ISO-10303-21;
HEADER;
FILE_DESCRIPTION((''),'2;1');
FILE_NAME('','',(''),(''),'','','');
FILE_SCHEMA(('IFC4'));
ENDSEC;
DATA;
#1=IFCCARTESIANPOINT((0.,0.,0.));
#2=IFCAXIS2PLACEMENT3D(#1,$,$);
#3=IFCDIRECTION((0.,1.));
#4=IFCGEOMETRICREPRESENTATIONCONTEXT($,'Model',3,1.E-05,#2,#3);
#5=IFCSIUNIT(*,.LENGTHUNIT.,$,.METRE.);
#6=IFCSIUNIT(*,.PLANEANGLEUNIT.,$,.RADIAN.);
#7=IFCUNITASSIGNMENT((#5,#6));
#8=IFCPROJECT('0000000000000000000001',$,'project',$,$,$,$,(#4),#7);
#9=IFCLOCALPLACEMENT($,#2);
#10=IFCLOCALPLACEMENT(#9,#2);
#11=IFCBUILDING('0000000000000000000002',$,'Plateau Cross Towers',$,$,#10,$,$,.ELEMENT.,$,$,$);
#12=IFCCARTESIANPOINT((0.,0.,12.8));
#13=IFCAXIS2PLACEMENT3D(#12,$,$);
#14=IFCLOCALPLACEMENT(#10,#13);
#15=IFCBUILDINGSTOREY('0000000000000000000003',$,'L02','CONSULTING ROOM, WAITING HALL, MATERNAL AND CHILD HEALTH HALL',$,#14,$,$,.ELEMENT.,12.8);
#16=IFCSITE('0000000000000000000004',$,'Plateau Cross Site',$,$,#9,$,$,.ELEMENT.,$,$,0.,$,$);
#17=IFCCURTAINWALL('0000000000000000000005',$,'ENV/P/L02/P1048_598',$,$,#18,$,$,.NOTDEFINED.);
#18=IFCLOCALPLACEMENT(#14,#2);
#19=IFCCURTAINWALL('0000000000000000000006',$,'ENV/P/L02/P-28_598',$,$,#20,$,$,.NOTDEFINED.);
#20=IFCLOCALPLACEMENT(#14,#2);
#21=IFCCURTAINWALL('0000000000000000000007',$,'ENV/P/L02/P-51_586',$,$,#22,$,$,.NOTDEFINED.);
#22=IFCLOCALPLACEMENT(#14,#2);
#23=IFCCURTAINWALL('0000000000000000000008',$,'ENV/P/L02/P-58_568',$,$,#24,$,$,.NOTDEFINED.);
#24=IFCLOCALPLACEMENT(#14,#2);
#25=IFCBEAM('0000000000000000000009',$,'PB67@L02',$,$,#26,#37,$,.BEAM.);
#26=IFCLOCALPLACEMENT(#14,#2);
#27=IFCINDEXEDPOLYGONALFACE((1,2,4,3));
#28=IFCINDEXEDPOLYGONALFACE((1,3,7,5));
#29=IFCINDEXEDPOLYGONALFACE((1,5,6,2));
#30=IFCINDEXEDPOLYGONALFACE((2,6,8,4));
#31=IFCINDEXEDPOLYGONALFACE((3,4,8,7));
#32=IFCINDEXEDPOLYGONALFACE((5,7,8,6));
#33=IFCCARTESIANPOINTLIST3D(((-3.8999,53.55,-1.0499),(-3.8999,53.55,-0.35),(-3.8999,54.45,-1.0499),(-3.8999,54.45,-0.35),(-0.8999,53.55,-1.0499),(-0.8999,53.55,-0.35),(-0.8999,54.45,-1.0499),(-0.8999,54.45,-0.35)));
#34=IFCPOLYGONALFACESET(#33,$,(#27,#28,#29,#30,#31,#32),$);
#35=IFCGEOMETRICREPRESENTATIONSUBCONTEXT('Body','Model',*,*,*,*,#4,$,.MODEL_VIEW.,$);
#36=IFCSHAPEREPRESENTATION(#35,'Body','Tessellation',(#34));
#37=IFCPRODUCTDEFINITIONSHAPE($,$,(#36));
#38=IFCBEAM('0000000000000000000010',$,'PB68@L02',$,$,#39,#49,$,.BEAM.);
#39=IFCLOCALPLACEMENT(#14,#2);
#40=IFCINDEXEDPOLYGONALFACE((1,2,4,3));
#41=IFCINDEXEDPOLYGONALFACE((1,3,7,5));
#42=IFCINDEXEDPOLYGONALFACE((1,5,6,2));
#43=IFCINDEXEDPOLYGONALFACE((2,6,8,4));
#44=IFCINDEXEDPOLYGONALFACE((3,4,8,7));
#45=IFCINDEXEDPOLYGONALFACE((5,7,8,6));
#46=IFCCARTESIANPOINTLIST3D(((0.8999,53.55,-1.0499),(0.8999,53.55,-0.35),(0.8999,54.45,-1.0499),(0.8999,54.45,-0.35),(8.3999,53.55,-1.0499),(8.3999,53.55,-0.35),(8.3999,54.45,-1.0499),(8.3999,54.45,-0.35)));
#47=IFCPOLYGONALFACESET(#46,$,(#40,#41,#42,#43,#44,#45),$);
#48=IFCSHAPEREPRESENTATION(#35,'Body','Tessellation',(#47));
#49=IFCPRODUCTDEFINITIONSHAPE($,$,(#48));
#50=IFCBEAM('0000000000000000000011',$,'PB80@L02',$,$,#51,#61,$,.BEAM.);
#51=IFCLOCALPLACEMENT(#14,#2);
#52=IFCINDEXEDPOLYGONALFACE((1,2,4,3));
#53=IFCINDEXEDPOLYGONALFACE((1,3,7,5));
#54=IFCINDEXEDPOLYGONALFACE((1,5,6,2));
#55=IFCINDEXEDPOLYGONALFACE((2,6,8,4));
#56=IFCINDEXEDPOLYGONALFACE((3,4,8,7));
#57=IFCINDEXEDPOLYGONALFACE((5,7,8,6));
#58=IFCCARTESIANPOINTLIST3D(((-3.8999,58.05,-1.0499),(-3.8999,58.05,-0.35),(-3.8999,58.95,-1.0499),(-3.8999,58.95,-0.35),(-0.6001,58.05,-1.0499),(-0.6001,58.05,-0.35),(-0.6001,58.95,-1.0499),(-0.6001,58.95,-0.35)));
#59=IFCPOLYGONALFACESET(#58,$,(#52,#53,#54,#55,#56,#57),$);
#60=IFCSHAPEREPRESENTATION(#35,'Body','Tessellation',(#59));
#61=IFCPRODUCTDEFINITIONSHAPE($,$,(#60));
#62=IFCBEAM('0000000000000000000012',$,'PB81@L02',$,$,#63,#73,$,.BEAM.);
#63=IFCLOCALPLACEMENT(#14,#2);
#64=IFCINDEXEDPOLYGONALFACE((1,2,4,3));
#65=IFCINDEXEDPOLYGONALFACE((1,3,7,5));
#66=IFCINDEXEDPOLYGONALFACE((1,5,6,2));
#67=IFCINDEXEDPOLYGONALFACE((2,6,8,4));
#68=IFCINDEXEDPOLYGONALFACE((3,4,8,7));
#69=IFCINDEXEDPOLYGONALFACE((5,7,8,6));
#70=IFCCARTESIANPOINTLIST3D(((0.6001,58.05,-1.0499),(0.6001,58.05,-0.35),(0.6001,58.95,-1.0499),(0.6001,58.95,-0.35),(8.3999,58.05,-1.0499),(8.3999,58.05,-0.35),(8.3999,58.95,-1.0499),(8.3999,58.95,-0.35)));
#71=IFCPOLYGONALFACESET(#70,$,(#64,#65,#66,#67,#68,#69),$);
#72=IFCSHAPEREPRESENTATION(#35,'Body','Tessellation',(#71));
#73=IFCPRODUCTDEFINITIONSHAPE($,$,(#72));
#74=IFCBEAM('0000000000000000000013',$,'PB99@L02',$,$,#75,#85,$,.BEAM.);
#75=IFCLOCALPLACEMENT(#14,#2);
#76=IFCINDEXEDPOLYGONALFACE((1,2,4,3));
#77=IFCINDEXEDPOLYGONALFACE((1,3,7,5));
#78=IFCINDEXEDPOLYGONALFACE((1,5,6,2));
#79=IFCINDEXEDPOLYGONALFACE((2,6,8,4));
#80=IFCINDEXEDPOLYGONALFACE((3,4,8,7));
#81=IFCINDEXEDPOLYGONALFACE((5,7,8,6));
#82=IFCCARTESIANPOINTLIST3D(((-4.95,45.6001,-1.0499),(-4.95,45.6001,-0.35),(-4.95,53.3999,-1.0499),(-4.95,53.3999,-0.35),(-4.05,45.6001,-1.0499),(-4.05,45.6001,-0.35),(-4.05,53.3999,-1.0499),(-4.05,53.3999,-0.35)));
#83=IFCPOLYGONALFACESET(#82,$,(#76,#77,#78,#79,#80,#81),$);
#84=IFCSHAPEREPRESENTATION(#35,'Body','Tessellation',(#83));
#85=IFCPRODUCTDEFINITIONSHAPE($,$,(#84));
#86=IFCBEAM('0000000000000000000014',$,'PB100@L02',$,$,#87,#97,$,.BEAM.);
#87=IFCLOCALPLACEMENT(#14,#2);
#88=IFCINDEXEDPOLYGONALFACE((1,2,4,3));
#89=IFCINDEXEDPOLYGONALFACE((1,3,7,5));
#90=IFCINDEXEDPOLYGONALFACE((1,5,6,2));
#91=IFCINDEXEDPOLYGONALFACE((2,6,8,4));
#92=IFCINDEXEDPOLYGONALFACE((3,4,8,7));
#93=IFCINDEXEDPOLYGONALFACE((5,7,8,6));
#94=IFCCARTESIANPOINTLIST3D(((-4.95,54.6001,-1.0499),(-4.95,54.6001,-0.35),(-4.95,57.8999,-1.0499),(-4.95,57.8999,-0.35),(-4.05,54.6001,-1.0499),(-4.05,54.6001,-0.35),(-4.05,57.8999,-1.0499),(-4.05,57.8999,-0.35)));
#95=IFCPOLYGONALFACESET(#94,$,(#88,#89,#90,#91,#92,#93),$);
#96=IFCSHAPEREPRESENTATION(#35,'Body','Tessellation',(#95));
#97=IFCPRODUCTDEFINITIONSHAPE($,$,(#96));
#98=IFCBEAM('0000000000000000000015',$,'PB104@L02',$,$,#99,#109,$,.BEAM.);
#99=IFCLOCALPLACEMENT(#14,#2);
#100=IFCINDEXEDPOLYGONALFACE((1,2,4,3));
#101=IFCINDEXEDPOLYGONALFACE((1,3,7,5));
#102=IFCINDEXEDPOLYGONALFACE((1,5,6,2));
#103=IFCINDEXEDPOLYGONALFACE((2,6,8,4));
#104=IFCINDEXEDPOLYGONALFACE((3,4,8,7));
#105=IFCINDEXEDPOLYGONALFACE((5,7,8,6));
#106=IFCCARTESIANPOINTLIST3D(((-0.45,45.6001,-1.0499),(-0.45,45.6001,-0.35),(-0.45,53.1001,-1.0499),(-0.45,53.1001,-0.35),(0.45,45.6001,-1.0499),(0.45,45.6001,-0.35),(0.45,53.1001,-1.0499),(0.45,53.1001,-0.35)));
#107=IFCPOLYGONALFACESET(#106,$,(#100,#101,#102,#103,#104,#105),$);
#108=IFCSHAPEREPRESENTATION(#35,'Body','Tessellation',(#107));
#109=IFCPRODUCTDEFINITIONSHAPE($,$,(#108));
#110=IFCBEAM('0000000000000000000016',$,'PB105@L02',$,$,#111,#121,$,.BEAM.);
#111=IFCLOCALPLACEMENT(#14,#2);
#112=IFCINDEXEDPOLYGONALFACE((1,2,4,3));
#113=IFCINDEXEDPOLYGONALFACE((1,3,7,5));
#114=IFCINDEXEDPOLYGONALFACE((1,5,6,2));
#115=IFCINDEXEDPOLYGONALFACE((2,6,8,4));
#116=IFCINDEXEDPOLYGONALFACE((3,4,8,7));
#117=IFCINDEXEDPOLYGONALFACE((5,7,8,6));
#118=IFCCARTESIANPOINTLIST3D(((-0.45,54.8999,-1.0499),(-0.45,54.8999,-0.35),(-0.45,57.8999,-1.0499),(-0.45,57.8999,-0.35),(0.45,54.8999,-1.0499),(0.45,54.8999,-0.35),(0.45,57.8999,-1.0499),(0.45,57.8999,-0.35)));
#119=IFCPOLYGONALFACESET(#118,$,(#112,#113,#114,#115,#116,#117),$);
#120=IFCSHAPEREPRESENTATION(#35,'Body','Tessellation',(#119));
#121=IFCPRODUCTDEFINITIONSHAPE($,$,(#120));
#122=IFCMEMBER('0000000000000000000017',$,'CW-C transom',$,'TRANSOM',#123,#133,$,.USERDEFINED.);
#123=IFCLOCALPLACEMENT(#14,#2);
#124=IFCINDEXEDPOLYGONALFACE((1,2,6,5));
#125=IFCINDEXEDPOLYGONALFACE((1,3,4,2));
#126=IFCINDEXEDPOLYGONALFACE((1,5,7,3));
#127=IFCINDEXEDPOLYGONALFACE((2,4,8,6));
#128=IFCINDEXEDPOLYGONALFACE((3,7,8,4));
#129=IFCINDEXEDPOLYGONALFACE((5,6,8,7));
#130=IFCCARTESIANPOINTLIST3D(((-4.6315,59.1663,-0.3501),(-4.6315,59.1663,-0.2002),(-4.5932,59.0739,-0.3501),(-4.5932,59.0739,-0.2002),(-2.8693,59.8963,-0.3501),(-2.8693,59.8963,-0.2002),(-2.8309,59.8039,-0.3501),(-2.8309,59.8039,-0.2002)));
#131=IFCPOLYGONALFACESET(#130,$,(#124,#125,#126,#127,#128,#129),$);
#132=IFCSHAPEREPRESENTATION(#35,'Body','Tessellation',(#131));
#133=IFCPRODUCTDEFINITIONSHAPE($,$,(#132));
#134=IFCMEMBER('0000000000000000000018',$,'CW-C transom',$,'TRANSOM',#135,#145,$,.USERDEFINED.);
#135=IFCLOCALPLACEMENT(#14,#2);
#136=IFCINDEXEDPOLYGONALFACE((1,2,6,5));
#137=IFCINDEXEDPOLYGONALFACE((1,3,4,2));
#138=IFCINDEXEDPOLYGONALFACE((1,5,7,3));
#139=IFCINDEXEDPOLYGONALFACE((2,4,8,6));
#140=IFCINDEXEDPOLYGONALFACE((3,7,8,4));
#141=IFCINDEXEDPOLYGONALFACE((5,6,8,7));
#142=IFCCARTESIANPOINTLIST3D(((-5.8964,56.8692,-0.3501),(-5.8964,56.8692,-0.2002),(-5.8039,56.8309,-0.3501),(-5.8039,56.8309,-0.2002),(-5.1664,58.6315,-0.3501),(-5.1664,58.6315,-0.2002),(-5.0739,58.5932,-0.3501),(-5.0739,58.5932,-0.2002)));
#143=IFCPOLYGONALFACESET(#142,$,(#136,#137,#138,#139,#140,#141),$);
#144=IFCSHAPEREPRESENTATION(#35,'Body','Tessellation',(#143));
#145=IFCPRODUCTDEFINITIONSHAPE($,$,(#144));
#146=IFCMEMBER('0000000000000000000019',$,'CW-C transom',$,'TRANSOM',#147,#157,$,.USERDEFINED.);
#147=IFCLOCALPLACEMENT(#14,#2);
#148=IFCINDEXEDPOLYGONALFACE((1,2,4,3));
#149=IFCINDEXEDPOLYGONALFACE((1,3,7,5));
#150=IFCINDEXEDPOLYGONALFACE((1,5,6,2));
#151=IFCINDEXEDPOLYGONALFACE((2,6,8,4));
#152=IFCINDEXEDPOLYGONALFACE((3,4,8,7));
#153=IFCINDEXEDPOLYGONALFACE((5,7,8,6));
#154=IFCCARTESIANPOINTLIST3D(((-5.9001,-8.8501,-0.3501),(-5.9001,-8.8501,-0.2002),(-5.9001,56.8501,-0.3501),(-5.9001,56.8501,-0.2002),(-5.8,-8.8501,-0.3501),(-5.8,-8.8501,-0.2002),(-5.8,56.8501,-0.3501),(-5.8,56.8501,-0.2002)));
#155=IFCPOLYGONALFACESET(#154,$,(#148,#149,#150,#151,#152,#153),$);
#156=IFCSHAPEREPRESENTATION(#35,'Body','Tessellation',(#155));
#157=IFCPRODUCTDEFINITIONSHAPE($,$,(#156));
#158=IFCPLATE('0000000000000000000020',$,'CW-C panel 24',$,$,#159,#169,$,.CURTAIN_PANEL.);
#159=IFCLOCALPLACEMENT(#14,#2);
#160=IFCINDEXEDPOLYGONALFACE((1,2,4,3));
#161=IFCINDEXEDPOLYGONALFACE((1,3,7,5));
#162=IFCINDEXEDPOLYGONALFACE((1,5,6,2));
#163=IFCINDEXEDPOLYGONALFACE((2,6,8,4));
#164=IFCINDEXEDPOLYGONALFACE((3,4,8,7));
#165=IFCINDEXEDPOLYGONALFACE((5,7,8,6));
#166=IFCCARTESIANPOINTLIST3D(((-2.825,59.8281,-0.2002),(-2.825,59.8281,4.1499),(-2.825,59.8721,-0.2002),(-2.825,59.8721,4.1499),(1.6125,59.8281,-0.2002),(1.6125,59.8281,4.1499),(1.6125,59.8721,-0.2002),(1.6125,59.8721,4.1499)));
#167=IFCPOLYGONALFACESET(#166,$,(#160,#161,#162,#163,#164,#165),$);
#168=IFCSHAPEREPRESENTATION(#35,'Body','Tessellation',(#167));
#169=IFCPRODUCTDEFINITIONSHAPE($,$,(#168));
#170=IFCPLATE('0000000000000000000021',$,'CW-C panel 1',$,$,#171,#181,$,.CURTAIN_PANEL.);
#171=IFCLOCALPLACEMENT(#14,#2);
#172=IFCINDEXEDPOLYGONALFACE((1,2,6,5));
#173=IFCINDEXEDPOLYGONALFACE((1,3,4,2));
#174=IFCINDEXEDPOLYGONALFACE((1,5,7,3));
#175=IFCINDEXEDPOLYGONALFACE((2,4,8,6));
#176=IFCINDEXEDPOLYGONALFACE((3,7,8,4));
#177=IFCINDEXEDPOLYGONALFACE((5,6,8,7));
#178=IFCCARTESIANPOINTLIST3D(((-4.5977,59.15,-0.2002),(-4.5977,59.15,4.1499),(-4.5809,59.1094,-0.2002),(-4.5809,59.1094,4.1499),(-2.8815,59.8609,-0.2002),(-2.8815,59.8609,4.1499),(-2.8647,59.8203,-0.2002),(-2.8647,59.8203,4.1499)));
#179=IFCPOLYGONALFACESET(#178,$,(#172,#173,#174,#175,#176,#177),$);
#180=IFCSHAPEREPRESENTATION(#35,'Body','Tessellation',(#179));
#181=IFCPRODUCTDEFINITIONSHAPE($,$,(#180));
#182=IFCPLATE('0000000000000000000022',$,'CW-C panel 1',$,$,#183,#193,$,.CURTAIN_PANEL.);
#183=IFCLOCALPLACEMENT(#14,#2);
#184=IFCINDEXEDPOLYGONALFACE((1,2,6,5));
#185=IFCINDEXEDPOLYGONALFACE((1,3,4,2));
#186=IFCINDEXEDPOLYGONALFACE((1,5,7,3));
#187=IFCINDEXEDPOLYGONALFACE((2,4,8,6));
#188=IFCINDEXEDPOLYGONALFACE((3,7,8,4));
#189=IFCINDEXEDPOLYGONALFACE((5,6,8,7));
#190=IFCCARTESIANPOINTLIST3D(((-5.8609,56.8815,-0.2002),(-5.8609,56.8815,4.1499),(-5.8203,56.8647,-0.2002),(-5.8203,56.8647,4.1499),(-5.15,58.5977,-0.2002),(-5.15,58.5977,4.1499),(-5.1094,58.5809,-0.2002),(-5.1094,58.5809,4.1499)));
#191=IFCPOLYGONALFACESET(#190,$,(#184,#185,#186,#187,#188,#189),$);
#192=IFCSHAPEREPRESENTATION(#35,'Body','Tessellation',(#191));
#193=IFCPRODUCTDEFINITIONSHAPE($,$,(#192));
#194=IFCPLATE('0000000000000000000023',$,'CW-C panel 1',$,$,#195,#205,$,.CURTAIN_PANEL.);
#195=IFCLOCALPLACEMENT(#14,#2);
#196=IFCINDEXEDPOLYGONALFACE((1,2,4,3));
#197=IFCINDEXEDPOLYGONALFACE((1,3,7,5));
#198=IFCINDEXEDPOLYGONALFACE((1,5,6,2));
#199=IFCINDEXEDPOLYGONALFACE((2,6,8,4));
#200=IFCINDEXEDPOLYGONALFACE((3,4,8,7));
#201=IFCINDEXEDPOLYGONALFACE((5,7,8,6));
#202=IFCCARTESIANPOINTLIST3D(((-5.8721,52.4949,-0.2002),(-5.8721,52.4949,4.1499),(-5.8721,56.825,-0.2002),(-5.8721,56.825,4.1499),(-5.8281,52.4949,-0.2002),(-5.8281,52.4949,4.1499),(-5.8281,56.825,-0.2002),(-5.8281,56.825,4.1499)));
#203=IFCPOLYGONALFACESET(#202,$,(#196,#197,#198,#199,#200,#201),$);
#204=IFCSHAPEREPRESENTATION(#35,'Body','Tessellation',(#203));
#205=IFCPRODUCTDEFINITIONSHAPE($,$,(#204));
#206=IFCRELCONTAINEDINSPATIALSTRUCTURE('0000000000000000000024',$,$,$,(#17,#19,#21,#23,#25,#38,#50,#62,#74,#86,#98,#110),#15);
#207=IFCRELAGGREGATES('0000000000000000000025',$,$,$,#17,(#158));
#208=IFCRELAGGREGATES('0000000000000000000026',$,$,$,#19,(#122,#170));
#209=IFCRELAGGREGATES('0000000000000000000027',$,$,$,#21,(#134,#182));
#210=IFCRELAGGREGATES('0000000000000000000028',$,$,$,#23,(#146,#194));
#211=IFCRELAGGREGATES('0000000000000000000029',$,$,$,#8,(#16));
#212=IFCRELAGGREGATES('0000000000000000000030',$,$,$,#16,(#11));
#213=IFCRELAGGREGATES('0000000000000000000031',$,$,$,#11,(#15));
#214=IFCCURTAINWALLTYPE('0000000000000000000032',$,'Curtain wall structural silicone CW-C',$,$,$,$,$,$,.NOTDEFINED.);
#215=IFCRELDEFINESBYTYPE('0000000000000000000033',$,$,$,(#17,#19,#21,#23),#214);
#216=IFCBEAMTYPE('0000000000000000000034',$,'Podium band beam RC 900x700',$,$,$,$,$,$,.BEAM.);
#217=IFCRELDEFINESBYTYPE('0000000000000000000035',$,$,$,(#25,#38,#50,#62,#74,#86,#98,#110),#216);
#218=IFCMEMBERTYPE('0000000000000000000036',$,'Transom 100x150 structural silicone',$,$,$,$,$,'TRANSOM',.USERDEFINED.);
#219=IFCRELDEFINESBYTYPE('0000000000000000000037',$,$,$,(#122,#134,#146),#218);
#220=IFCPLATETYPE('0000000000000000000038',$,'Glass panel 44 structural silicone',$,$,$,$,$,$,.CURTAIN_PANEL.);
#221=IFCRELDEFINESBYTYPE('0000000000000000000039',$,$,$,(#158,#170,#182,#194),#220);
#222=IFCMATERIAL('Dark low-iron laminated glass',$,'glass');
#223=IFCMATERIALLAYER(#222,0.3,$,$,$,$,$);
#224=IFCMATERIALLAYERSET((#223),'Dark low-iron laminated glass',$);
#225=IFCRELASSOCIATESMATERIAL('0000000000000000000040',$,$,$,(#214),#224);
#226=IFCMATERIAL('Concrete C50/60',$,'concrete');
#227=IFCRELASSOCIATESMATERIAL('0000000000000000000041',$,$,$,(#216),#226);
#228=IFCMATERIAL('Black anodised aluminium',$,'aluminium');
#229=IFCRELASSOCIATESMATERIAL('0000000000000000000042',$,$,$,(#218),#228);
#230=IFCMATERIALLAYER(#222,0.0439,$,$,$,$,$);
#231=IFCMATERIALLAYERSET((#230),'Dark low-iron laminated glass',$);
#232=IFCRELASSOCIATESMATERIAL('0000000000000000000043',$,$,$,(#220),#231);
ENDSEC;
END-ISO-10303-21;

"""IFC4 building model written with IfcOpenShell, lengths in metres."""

from ifc_helpers import new_model, si_unit, direction, frame, origin, origin_2d, place, context, subcontext, project, spatial, rectangle, extrude, material, layer, layer_set, material_profile, profile_set, type_object, element, aggregate, save


model = new_model("IFC4")

# Units and contexts
model_context = context("Model", 3, precision=1e-05, world=origin(), true_north=direction((0.0, 1.0)))
body_context = subcontext(model_context, "Body", "Model", "MODEL_VIEW")
ifc_project = project(units=[si_unit("LENGTHUNIT", "METRE"), si_unit("PLANEANGLEUNIT", "RADIAN")], contexts=[model_context])

# Site, building, storey
site_placement = place(None, origin())
site = spatial("IfcSite", under=ifc_project, at=site_placement, Name="Plateau Cross Site", CompositionType="ELEMENT", RefElevation=0.0)
building_placement = place(site_placement, origin())
building = spatial("IfcBuilding", under=site, at=building_placement, Name="Plateau Cross Towers", CompositionType="ELEMENT")
storey_placement = place(building_placement, frame((0.0, 0.0, 12.8)))
storey = spatial("IfcBuildingStorey", under=building, at=storey_placement, Name="L02", Description="CONSULTING ROOM, WAITING HALL, MATERNAL AND CHILD HEALTH HALL", CompositionType="ELEMENT", Elevation=12.8)

# Curtain wall
ifc_material_1 = material(Name="Dark low-iron laminated glass", Category="glass")
ifc_layer_1 = layer(ifc_material_1, 0.3)
ifc_layer_set_1 = layer_set([ifc_layer_1], Name="Dark low-iron laminated glass")
curtain_wall_type = type_object("IfcCurtainWallType", Name="Curtain wall structural silicone CW-C", PredefinedType="NOTDEFINED", material=ifc_layer_set_1)
curtain_wall_1_placement = place(storey_placement, origin())
curtain_wall_1 = element("IfcCurtainWall", 1, at=curtain_wall_1_placement, inside=storey, type_object=curtain_wall_type, Name="ENV/P/L02/P1048_598", PredefinedType="NOTDEFINED")
ifc_material_2 = material(Name="Black anodised aluminium", Category="aluminium")

# Curtain wall
curtain_wall_2_placement = place(storey_placement, origin())
curtain_wall_2 = element("IfcCurtainWall", 2, at=curtain_wall_2_placement, inside=storey, type_object=curtain_wall_type, Name="ENV/P/L02/P-28_598", PredefinedType="NOTDEFINED")

# Curtain wall
curtain_wall_3_placement = place(storey_placement, origin())
curtain_wall_3 = element("IfcCurtainWall", 3, at=curtain_wall_3_placement, inside=storey, type_object=curtain_wall_type, Name="ENV/P/L02/P-51_586", PredefinedType="NOTDEFINED")

# Curtain wall
curtain_wall_4_placement = place(storey_placement, origin())
curtain_wall_4 = element("IfcCurtainWall", 4, at=curtain_wall_4_placement, inside=storey, type_object=curtain_wall_type, Name="ENV/P/L02/P-58_568", PredefinedType="NOTDEFINED")

# Beams
ifc_material_3 = material(Name="Concrete C50/60", Category="concrete")
ifc_material_profile_1 = material_profile(ifc_material_3, rectangle(XDim=0.8999, YDim=0.7, at=origin_2d()), Name="RC 900x700")
ifc_profile_set_1 = profile_set([ifc_material_profile_1], Name="Concrete C50/60")
beam_type = type_object("IfcBeamType", Name="Podium band beam RC 900x700", PredefinedType="BEAM", material=ifc_profile_set_1)
beam_1_placement = place(storey_placement, frame((-3.8999, 54.0, -0.7), z_axis=(1.0, 0.0, 0.0), x_axis=(0.0, 1.0, 0.0)))
element("IfcBeam", 5, at=beam_1_placement, inside=storey, type_object=beam_type, Name="PB67@L02", PredefinedType="BEAM", context=body_context, shape_type="SweptSolid", body=[
    extrude(rectangle(XDim=0.8999, YDim=0.7, at=origin_2d()), origin(), (0.0, 0.0, 1.0), 3.0),
])
beam_2_placement = place(storey_placement, frame((0.8999, 54.0, -0.7), z_axis=(1.0, 0.0, 0.0), x_axis=(0.0, 1.0, 0.0)))
element("IfcBeam", 6, at=beam_2_placement, inside=storey, type_object=beam_type, Name="PB68@L02", PredefinedType="BEAM", context=body_context, shape_type="SweptSolid", body=[
    extrude(rectangle(XDim=0.8999, YDim=0.7, at=origin_2d()), origin(), (0.0, 0.0, 1.0), 7.5),
])
beam_3_placement = place(storey_placement, frame((-3.8999, 58.5, -0.7), z_axis=(1.0, 0.0, 0.0), x_axis=(0.0, 1.0, 0.0)))
element("IfcBeam", 7, at=beam_3_placement, inside=storey, type_object=beam_type, Name="PB80@L02", PredefinedType="BEAM", context=body_context, shape_type="SweptSolid", body=[
    extrude(rectangle(XDim=0.8999, YDim=0.7, at=origin_2d()), origin(), (0.0, 0.0, 1.0), 3.2998),
])
for number, where, z_axis, x_axis, name in (
    (8, (0.6001, 58.5, -0.7), (1.0, 0.0, 0.0), (0.0, 1.0, 0.0), "PB81@L02"),
    (9, (-4.5, 45.6001, -0.7), (0.0, 1.0, 0.0), (-1.0, 0.0, 0.0), "PB99@L02"),
):
    element("IfcBeam", number, at=place(storey_placement, frame(where, z_axis=z_axis, x_axis=x_axis)), inside=storey, type_object=beam_type, Name=name, PredefinedType="BEAM", context=body_context, shape_type="SweptSolid", body=[
        extrude(rectangle(XDim=0.8999, YDim=0.7, at=origin_2d()), origin(), (0.0, 0.0, 1.0), 7.7998),
    ])
beam_4_placement = place(storey_placement, frame((-4.5, 54.6001, -0.7), z_axis=(0.0, 1.0, 0.0), x_axis=(-1.0, 0.0, 0.0)))
element("IfcBeam", 10, at=beam_4_placement, inside=storey, type_object=beam_type, Name="PB100@L02", PredefinedType="BEAM", context=body_context, shape_type="SweptSolid", body=[
    extrude(rectangle(XDim=0.8999, YDim=0.7, at=origin_2d()), origin(), (0.0, 0.0, 1.0), 3.2998),
])
beam_5_placement = place(storey_placement, frame((0.0, 45.6001, -0.7), z_axis=(0.0, 1.0, 0.0), x_axis=(-1.0, 0.0, 0.0)))
element("IfcBeam", 11, at=beam_5_placement, inside=storey, type_object=beam_type, Name="PB104@L02", PredefinedType="BEAM", context=body_context, shape_type="SweptSolid", body=[
    extrude(rectangle(XDim=0.8999, YDim=0.7, at=origin_2d()), origin(), (0.0, 0.0, 1.0), 7.5),
])
beam_6_placement = place(storey_placement, frame((0.0, 54.8999, -0.7), z_axis=(0.0, 1.0, 0.0), x_axis=(-1.0, 0.0, 0.0)))
element("IfcBeam", 12, at=beam_6_placement, inside=storey, type_object=beam_type, Name="PB105@L02", PredefinedType="BEAM", context=body_context, shape_type="SweptSolid", body=[
    extrude(rectangle(XDim=0.8999, YDim=0.7, at=origin_2d()), origin(), (0.0, 0.0, 1.0), 3.0),
])

# Members
ifc_material_profile_2 = material_profile(ifc_material_2, rectangle(XDim=0.1001, YDim=0.1499, at=origin_2d()), Name="TRANSOM 100x150")
ifc_profile_set_2 = profile_set([ifc_material_profile_2], Name="Black anodised aluminium")
member_type_1 = type_object("IfcMemberType", Name="Transom 100x150 structural silicone", ElementType="TRANSOM", PredefinedType="USERDEFINED", material=ifc_profile_set_2)
member_1_placement = place(storey_placement, frame((-2.8501, 59.8501, -0.2751), z_axis=(-0.92387, -0.382706, 0.0), x_axis=(0.382706, -0.92387, 0.0)))
member_1 = element("IfcMember", 13, at=member_1_placement, type_object=member_type_1, Name="CW-C transom", ObjectType="TRANSOM", PredefinedType="USERDEFINED", context=body_context, shape_type="SweptSolid", body=[
    extrude(rectangle(XDim=0.1001, YDim=0.1499, at=origin_2d()), origin(), (0.0, 0.0, 1.0), 1.9075),
])
member_2_placement = place(storey_placement, frame((-5.1201, 58.6123, -0.2751), z_axis=(-0.382706, -0.92387, 0.0), x_axis=(0.92387, -0.382706, 0.0)))
member_2 = element("IfcMember", 14, at=member_2_placement, type_object=member_type_1, Name="CW-C transom", ObjectType="TRANSOM", PredefinedType="USERDEFINED", context=body_context, shape_type="SweptSolid", body=[
    extrude(rectangle(XDim=0.1001, YDim=0.1499, at=origin_2d()), origin(), (0.0, 0.0, 1.0), 1.9075),
])
member_3_placement = place(storey_placement, frame((-5.8501, 56.8501, -0.2751), z_axis=(0.0, -1.0, 0.0), x_axis=(1.0, 0.0, 0.0)))
member_3 = element("IfcMember", 15, at=member_3_placement, type_object=member_type_1, Name="CW-C transom", ObjectType="TRANSOM", PredefinedType="USERDEFINED", context=body_context, shape_type="SweptSolid", body=[
    extrude(rectangle(XDim=0.1001, YDim=0.1499, at=origin_2d()), origin(), (0.0, 0.0, 1.0), 65.7002),
])

# Plates
ifc_layer_2 = layer(ifc_material_1, 0.0439)
ifc_layer_set_2 = layer_set([ifc_layer_2], Name="Dark low-iron laminated glass")
plate_type = type_object("IfcPlateType", Name="Glass panel 44 structural silicone", PredefinedType="CURTAIN_PANEL", material=ifc_layer_set_2)
plate_1_placement = place(storey_placement, frame((-0.6062, 59.8501, -0.2002), z_axis=(0.0, 0.0, 1.0), x_axis=(-1.0, 0.0, 0.0)))
plate_1 = element("IfcPlate", 16, at=plate_1_placement, type_object=plate_type, Name="CW-C panel 24", PredefinedType="CURTAIN_PANEL", context=body_context, shape_type="SweptSolid", body=[
    extrude(rectangle(XDim=4.4375, YDim=0.0439, at=origin_2d()), origin(), (0.0, 0.0, 1.0), 4.3501),
])
aggregate(curtain_wall_1, [plate_1])
plate_2_placement = place(storey_placement, frame((-3.7312, 59.4851, -0.2002), z_axis=(0.0, 0.0, 1.0), x_axis=(-0.923879, -0.382684, 0.0)))
plate_2 = element("IfcPlate", 17, at=plate_2_placement, type_object=plate_type, Name="CW-C panel 1", PredefinedType="CURTAIN_PANEL", context=body_context, shape_type="SweptSolid", body=[
    extrude(rectangle(XDim=1.8577, YDim=0.0439, at=origin_2d()), origin(), (0.0, 0.0, 1.0), 4.3501),
])
aggregate(curtain_wall_2, [member_1, plate_2])
plate_3_placement = place(storey_placement, frame((-5.4851, 57.7312, -0.2002), z_axis=(0.0, 0.0, 1.0), x_axis=(-0.382684, -0.923879, 0.0)))
plate_3 = element("IfcPlate", 18, at=plate_3_placement, type_object=plate_type, Name="CW-C panel 1", PredefinedType="CURTAIN_PANEL", context=body_context, shape_type="SweptSolid", body=[
    extrude(rectangle(XDim=1.8577, YDim=0.0439, at=origin_2d()), origin(), (0.0, 0.0, 1.0), 4.3501),
])
aggregate(curtain_wall_3, [member_2, plate_3])
plate_4_placement = place(storey_placement, frame((-5.8501, 54.6599, -0.2002), z_axis=(0.0, 0.0, 1.0), x_axis=(0.0, -1.0, 0.0)))
plate_4 = element("IfcPlate", 19, at=plate_4_placement, type_object=plate_type, Name="CW-C panel 1", PredefinedType="CURTAIN_PANEL", context=body_context, shape_type="SweptSolid", body=[
    extrude(rectangle(XDim=4.3301, YDim=0.0439, at=origin_2d()), origin(), (0.0, 0.0, 1.0), 4.3501),
])
aggregate(curtain_wall_4, [member_3, plate_4])

save(model, "model.ifc")
